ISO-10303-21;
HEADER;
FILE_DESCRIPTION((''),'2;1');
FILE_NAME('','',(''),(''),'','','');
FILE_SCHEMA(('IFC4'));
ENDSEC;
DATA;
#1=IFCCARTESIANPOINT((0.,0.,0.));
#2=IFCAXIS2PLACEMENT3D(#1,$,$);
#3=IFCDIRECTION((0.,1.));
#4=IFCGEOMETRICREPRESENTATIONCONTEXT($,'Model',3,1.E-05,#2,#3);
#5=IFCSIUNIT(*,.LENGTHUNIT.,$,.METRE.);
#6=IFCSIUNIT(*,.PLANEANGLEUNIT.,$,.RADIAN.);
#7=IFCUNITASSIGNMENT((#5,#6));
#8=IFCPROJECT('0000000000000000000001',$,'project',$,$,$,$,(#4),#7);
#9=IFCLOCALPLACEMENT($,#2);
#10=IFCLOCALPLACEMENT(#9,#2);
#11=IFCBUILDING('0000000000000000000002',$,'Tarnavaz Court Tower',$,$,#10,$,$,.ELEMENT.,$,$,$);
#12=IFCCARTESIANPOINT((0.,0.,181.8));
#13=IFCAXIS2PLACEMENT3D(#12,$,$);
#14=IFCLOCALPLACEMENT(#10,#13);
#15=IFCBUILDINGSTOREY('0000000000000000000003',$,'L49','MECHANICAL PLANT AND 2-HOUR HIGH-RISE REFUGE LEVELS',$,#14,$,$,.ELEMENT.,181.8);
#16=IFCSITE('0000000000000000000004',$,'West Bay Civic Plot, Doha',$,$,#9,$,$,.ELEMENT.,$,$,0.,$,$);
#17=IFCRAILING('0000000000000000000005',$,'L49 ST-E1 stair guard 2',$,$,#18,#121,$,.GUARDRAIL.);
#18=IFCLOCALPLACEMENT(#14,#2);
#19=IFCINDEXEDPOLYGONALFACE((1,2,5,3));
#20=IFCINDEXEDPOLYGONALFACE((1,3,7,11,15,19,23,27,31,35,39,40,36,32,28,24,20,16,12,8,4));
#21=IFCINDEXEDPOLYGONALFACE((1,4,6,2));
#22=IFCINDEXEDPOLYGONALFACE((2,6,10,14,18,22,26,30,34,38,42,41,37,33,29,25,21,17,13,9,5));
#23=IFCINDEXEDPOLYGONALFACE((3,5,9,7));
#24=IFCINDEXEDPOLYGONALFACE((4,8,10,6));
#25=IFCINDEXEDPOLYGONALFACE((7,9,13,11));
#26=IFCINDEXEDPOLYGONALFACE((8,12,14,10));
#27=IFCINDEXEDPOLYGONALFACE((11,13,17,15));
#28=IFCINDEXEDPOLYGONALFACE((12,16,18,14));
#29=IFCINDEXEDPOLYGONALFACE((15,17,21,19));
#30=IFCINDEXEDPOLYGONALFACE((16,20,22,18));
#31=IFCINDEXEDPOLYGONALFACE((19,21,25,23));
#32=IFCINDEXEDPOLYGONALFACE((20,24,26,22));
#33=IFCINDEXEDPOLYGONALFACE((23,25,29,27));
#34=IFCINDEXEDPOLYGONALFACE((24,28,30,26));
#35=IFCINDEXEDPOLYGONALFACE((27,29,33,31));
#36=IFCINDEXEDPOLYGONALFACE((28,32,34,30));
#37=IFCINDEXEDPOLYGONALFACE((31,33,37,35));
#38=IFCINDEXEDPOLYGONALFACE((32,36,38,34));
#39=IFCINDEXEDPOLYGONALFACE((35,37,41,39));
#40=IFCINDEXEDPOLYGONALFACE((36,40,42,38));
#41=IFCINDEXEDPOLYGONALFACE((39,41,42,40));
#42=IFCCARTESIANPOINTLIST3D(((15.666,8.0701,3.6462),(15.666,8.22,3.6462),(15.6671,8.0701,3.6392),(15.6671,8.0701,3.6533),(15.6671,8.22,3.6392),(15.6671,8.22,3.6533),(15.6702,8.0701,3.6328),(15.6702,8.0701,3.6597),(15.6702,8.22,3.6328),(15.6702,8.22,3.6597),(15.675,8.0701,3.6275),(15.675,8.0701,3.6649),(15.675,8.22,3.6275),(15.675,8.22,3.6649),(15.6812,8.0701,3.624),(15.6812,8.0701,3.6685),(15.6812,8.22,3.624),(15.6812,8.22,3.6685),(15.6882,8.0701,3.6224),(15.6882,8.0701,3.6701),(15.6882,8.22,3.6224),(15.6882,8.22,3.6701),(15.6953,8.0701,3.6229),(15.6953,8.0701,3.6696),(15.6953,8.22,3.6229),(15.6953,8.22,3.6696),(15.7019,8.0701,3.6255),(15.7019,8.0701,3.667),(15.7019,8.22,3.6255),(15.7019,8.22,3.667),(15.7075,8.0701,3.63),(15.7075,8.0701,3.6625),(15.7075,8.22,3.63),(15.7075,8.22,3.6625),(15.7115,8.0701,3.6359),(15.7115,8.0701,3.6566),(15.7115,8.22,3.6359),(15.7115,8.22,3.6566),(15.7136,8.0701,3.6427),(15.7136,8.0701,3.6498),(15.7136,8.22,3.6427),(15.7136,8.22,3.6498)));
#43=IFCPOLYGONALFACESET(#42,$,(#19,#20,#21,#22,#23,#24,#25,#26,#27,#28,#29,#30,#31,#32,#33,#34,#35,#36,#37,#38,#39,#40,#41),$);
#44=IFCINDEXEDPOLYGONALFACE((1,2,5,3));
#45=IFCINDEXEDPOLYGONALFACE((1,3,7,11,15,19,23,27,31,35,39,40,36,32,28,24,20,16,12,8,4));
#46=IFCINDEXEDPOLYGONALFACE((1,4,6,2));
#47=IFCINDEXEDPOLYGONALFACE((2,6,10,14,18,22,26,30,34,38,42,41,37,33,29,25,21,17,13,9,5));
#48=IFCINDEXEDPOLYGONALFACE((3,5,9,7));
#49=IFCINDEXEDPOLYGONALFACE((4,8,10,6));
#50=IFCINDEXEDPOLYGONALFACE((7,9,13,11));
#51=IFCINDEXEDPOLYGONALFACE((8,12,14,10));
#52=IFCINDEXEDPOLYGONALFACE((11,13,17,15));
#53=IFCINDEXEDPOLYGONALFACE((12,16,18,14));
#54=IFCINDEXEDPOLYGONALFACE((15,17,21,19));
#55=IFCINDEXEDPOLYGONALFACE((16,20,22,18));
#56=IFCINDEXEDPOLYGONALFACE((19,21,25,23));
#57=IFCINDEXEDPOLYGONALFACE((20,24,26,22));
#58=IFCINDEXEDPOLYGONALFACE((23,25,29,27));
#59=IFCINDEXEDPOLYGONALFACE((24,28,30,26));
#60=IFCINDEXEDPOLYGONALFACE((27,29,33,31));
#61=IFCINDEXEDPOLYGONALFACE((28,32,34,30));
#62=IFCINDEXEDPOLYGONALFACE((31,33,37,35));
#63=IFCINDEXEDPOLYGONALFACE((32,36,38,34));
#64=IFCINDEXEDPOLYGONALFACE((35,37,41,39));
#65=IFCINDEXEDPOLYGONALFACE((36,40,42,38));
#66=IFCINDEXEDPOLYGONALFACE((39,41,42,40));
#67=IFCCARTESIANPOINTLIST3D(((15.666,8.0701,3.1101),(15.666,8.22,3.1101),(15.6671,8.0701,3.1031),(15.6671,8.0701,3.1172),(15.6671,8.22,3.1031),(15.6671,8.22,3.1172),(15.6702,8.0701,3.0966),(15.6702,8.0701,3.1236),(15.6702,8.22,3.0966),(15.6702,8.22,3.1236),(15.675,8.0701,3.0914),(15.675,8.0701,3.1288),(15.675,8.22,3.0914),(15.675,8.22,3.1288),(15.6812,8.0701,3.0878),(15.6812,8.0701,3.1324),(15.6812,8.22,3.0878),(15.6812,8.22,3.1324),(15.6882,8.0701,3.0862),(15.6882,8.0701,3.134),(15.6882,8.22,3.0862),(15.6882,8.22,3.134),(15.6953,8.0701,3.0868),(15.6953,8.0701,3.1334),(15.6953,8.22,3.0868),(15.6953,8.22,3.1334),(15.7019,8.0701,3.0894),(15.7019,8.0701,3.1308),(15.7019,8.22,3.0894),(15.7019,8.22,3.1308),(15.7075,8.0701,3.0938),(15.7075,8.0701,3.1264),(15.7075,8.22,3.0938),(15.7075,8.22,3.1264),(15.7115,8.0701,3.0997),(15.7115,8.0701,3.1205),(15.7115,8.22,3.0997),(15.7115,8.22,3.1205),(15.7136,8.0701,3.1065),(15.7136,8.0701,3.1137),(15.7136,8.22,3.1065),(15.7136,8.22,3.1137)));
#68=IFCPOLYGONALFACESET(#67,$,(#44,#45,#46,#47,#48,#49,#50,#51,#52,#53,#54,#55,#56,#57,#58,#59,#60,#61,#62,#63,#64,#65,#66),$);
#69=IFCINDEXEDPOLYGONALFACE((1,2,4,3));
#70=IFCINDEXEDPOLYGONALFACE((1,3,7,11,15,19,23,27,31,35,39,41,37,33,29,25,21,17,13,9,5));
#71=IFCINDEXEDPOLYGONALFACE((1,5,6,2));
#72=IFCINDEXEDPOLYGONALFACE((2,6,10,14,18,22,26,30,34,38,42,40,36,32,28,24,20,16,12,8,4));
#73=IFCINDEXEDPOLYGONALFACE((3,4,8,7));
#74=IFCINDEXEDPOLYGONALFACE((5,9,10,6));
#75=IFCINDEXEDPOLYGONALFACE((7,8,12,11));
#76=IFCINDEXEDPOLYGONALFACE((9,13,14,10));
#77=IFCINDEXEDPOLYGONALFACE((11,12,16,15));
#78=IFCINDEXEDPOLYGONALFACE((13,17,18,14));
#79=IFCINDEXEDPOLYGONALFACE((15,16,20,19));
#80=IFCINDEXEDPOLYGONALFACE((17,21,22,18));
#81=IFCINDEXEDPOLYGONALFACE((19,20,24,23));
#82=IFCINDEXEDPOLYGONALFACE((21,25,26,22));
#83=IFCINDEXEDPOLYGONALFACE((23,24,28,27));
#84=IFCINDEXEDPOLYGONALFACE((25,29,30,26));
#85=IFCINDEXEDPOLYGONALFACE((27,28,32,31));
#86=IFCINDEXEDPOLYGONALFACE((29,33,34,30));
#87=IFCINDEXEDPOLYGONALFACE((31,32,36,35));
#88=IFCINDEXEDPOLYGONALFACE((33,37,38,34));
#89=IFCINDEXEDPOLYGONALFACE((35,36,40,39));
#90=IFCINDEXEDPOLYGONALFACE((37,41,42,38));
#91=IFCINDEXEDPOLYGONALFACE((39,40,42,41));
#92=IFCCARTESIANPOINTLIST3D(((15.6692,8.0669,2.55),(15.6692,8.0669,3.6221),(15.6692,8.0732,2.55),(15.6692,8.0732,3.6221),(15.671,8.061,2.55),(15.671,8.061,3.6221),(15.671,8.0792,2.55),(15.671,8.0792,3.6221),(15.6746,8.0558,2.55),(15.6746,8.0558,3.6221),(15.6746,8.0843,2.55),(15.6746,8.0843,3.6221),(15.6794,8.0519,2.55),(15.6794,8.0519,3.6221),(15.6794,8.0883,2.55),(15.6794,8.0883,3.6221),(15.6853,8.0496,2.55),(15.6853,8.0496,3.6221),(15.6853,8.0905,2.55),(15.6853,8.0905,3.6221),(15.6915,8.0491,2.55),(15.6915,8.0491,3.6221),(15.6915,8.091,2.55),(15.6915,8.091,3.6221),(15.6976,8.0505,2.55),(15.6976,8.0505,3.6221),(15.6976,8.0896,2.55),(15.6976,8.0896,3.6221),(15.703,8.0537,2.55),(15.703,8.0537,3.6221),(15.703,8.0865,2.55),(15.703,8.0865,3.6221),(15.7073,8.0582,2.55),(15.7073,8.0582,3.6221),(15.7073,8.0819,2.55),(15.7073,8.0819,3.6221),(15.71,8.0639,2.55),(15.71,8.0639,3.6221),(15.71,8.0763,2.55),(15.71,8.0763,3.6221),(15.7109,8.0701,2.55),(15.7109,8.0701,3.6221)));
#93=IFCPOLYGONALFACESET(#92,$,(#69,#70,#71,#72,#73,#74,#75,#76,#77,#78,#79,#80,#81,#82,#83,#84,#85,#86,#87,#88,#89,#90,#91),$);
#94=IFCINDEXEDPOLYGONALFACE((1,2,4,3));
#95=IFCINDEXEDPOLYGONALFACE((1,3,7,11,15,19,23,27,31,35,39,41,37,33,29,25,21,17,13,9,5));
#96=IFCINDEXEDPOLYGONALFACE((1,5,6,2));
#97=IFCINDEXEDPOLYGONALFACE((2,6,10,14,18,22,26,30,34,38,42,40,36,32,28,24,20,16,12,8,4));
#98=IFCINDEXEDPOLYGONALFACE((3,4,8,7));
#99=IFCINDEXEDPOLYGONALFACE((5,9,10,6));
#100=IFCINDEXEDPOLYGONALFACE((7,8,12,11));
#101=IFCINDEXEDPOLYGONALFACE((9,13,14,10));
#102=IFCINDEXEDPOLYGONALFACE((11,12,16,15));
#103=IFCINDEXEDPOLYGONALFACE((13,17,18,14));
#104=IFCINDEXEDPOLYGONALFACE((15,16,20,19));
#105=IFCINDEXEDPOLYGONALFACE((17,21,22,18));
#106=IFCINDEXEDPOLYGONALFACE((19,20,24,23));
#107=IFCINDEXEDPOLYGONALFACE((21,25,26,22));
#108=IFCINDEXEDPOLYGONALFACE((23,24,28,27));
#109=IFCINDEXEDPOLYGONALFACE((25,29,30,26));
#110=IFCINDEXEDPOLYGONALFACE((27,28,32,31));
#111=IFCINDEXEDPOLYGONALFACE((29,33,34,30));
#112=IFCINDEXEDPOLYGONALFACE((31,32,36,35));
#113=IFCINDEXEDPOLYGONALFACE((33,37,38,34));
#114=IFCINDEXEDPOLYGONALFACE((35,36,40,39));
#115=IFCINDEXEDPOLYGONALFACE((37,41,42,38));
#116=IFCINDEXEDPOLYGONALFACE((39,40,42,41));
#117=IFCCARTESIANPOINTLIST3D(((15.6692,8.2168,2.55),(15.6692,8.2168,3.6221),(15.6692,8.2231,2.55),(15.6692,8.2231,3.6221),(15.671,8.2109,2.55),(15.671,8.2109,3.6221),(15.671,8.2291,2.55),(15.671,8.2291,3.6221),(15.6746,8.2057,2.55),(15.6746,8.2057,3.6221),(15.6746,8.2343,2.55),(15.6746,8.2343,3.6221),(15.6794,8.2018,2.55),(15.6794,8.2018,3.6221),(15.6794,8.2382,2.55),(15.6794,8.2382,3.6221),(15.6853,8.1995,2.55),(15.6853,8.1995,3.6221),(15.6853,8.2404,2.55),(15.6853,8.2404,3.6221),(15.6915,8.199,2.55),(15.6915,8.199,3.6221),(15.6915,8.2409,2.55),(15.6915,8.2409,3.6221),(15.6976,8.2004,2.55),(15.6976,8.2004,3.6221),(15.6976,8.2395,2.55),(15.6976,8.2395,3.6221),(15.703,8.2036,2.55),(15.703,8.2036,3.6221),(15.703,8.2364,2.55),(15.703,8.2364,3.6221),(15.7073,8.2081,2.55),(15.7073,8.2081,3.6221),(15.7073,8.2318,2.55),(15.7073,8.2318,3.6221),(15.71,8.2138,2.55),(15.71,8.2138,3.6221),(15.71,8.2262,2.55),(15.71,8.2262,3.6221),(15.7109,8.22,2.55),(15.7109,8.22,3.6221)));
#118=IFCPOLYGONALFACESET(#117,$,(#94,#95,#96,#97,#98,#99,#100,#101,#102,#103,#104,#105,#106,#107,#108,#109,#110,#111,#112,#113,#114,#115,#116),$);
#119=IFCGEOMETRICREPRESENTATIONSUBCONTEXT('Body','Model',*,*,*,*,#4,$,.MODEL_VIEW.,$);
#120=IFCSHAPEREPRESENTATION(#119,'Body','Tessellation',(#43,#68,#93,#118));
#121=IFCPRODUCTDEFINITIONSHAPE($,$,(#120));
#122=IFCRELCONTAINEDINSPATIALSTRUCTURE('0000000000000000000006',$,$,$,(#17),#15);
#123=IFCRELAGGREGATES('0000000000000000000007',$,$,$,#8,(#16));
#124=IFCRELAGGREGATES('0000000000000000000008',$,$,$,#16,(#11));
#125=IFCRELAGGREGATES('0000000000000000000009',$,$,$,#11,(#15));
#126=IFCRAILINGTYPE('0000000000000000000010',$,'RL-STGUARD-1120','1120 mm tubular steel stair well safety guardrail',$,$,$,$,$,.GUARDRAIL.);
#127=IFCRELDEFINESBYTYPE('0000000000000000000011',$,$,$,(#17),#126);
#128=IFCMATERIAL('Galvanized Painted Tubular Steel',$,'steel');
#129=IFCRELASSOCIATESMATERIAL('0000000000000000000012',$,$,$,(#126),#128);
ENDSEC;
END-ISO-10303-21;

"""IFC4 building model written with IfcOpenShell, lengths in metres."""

from ifc_helpers import new_model, si_unit, direction, frame, origin, origin_2d, place, context, subcontext, project, spatial, circle, extrude, material, type_object, element, save


model = new_model("IFC4")

# Units and contexts
model_context = context("Model", 3, precision=1e-05, world=origin(), true_north=direction((0.0, 1.0)))
body_context = subcontext(model_context, "Body", "Model", "MODEL_VIEW")
ifc_project = project(units=[si_unit("LENGTHUNIT", "METRE"), si_unit("PLANEANGLEUNIT", "RADIAN")], contexts=[model_context])

# Site, building, storey
site_placement = place(None, origin())
site = spatial("IfcSite", under=ifc_project, at=site_placement, Name="West Bay Civic Plot, Doha", CompositionType="ELEMENT", RefElevation=0.0)
building_placement = place(site_placement, origin())
building = spatial("IfcBuilding", under=site, at=building_placement, Name="Tarnavaz Court Tower", CompositionType="ELEMENT")
storey_placement = place(building_placement, frame((0.0, 0.0, 181.8)))
storey = spatial("IfcBuildingStorey", under=building, at=storey_placement, Name="L49", Description="MECHANICAL PLANT AND 2-HOUR HIGH-RISE REFUGE LEVELS", CompositionType="ELEMENT", Elevation=181.8)

# Railing
ifc_material_1 = material(Name="Galvanized Painted Tubular Steel", Category="steel")
railing_type_1 = type_object("IfcRailingType", Name="RL-STGUARD-1120", Description="1120 mm tubular steel stair well safety guardrail", PredefinedType="GUARDRAIL", material=ifc_material_1)
railing_1_placement = place(storey_placement, frame((15.6899, 8.0701, 2.55)))
element("IfcRailing", 1, at=railing_1_placement, inside=storey, type_object=railing_type_1, Name="L49 ST-E1 stair guard 2", PredefinedType="GUARDRAIL", context=body_context, shape_type="SweptSolid", body=[
    extrude(circle(Radius=0.0239, at=origin_2d()), frame((0.0, 0.0, 1.0962), z_axis=(0.0, 1.0, 0.0), x_axis=(-1.0, 0.0, 0.0)), (0.0, 0.0, 1.0), 0.1499),
    extrude(circle(Radius=0.0239, at=origin_2d()), frame((0.0, 0.0, 0.5601), z_axis=(0.0, 1.0, 0.0), x_axis=(-1.0, 0.0, 0.0)), (0.0, 0.0, 1.0), 0.1499),
    extrude(circle(Radius=0.021, at=origin_2d()), origin(), (0.0, 0.0, 1.0), 1.072),
    extrude(circle(Radius=0.021, at=origin_2d()), frame((0.0, 0.1499, 0.0)), (0.0, 0.0, 1.0), 1.072),
])

save(model, "model.ifc")
